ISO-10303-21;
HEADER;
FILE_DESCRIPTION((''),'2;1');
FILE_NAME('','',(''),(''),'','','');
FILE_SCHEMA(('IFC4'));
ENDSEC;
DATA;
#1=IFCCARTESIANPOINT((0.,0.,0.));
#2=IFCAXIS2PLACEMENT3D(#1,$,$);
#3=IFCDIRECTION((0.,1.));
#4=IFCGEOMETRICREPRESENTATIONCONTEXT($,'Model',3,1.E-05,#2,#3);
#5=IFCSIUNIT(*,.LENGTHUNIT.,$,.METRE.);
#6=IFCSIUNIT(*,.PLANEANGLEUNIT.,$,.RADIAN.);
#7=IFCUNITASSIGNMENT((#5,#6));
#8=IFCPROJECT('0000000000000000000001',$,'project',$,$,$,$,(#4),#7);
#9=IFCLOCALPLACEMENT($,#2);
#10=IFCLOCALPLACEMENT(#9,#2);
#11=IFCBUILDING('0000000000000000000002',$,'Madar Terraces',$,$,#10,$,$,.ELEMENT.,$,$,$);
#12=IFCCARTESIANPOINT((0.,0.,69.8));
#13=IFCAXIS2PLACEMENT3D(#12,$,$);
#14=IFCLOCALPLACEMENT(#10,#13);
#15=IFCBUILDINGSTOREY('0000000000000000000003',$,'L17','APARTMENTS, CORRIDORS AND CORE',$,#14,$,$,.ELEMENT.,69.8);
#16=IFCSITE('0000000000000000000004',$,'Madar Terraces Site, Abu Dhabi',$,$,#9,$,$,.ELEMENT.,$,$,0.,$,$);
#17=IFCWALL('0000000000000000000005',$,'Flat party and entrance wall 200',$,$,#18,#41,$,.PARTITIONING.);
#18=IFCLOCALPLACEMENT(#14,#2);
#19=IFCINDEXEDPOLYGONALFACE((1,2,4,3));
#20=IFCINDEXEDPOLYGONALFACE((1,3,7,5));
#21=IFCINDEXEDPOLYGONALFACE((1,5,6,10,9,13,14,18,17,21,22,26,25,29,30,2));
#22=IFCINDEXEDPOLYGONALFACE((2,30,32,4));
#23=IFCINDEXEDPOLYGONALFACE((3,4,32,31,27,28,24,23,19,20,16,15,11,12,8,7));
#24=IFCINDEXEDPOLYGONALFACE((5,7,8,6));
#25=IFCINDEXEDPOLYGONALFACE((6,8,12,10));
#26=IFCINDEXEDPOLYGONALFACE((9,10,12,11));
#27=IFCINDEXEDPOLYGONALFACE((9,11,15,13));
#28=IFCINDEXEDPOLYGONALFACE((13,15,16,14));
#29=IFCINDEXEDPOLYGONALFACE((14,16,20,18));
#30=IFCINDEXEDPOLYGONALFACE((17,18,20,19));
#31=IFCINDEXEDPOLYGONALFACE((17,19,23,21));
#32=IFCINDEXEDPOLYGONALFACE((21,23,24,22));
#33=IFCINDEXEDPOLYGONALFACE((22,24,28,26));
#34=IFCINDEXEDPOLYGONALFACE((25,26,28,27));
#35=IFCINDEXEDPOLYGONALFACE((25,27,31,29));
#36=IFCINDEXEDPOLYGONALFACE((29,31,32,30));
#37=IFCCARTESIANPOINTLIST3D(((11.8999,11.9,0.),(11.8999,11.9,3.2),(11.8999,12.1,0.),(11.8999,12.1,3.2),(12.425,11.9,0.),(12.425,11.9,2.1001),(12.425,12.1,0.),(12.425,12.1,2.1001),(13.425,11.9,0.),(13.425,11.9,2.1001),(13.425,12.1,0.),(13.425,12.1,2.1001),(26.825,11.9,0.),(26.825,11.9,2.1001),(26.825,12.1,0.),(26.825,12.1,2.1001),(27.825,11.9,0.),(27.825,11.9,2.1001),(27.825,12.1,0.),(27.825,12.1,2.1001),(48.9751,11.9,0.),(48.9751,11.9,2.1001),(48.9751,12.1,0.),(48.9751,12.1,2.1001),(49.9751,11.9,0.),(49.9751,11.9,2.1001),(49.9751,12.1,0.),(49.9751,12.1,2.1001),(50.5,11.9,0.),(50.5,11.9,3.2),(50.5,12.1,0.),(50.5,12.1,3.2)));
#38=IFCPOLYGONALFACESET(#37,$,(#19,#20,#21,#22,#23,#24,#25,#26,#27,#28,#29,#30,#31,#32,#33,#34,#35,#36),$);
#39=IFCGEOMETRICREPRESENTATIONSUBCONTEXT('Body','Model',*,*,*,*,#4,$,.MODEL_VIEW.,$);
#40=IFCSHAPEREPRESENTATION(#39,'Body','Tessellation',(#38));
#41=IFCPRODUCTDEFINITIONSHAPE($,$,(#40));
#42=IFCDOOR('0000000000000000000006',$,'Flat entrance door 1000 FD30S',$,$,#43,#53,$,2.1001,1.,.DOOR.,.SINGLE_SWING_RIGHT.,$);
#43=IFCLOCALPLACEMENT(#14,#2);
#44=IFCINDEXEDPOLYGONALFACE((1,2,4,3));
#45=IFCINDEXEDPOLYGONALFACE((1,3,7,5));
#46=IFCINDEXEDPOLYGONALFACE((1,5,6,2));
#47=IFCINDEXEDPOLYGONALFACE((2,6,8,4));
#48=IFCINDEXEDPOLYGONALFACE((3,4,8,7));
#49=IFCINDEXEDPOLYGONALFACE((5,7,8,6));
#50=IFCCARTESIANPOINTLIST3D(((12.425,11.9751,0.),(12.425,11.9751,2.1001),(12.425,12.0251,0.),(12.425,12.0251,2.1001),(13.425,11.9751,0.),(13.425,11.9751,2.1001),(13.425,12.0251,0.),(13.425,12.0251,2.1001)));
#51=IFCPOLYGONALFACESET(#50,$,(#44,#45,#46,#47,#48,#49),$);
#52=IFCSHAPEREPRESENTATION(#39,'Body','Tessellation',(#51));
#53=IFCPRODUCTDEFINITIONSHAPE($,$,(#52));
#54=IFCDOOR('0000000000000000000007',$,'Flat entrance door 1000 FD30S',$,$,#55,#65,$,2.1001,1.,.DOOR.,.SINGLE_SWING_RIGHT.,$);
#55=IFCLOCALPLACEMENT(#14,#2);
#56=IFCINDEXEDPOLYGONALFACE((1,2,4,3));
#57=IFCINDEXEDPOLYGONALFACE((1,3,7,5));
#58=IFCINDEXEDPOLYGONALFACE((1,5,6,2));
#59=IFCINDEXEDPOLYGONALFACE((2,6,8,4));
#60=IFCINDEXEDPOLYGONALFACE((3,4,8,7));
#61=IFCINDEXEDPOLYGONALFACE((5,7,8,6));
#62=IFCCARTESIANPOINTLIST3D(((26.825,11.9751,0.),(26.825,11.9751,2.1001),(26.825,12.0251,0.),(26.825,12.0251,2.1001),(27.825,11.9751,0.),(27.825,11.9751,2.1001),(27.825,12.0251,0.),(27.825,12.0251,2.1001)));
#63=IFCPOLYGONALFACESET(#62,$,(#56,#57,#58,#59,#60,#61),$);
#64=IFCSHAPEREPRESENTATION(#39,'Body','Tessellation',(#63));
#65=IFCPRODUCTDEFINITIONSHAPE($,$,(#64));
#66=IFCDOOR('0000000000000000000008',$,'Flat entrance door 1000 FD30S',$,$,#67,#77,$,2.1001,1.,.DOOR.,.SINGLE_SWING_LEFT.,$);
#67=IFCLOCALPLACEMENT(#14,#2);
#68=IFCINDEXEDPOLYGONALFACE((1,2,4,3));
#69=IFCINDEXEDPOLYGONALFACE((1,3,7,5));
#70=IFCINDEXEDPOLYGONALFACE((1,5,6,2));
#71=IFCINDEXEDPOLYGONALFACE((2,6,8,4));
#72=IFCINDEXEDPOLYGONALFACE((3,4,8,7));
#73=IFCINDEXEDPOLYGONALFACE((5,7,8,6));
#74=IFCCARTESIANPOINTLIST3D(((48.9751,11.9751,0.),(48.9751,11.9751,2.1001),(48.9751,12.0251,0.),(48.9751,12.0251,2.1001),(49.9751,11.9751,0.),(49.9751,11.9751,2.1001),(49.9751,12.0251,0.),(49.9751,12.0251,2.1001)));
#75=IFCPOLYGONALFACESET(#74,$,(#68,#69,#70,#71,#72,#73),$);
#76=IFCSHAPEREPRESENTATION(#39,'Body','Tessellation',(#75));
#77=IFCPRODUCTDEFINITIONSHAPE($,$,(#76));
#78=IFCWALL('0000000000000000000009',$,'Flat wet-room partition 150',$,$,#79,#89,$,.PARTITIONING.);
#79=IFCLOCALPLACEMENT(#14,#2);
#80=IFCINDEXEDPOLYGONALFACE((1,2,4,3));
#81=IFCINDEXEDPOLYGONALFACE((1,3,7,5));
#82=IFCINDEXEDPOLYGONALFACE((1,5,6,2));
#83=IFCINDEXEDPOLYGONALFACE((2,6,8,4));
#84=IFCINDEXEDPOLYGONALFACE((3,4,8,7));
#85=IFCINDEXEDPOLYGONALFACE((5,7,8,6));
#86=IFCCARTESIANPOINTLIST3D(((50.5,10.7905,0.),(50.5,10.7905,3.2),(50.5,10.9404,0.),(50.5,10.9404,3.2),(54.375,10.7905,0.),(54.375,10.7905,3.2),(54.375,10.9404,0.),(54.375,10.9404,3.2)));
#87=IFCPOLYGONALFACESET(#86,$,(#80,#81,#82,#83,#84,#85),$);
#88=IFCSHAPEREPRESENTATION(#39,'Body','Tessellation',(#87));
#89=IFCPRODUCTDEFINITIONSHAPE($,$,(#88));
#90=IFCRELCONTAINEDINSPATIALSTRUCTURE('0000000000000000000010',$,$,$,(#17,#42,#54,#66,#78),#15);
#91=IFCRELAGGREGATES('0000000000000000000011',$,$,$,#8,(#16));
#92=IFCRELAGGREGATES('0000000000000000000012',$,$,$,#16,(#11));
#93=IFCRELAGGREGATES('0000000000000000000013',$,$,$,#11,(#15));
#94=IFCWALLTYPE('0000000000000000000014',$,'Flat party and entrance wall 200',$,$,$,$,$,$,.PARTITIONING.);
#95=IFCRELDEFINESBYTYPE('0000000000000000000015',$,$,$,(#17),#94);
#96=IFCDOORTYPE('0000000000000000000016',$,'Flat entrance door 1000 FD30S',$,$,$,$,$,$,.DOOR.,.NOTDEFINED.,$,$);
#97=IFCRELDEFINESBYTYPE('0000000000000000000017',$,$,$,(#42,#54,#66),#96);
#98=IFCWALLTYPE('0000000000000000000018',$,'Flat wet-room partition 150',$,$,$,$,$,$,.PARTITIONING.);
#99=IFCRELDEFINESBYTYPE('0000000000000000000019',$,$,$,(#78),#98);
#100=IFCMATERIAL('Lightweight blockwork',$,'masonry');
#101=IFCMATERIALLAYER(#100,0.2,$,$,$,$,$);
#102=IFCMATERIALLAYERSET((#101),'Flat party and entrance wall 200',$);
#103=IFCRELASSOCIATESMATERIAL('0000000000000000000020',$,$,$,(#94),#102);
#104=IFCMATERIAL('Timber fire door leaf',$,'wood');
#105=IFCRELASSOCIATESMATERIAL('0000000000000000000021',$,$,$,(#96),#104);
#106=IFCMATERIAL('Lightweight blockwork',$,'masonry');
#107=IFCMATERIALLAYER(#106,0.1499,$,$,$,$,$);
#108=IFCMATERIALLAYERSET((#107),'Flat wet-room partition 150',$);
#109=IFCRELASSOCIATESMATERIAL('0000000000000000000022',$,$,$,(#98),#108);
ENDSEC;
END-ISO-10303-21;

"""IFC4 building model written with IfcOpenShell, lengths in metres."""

from ifc_helpers import new_model, si_unit, direction, frame, frame_2d, origin, place, context, subcontext, project, spatial, rectangle, extrude, material, layer, layer_set, type_object, element, fill, save


model = new_model("IFC4")

# Units and contexts
model_context = context("Model", 3, precision=1e-05, world=origin(), true_north=direction((0.0, 1.0)))
body_context = subcontext(model_context, "Body", "Model", "MODEL_VIEW")
ifc_project = project(units=[si_unit("LENGTHUNIT", "METRE"), si_unit("PLANEANGLEUNIT", "RADIAN")], contexts=[model_context])

# Site, building, storey
site_placement = place(None, origin())
site = spatial("IfcSite", under=ifc_project, at=site_placement, Name="Madar Terraces Site, Abu Dhabi", CompositionType="ELEMENT", RefElevation=0.0)
building_placement = place(site_placement, origin())
building = spatial("IfcBuilding", under=site, at=building_placement, Name="Madar Terraces", CompositionType="ELEMENT")
storey_placement = place(building_placement, frame((0.0, 0.0, 69.8)))
storey = spatial("IfcBuildingStorey", under=building, at=storey_placement, Name="L17", Description="APARTMENTS, CORRIDORS AND CORE", CompositionType="ELEMENT", Elevation=69.8)

# Wall, openings, doors
ifc_material_1 = material(Name="Lightweight blockwork", Category="masonry")
ifc_layer_1 = layer(ifc_material_1, 0.2)
ifc_layer_set_1 = layer_set([ifc_layer_1], Name="Flat party and entrance wall 200")
wall_type_1 = type_object("IfcWallType", Name="Flat party and entrance wall 200", PredefinedType="PARTITIONING", material=ifc_layer_set_1)
wall_1_placement = place(storey_placement, frame((50.5, 12.0, 0.0), z_axis=(0.0, 0.0, 1.0), x_axis=(-1.0, 0.0, 0.0)))
wall_1 = element("IfcWall", 1, at=wall_1_placement, inside=storey, type_object=wall_type_1, Name="Flat party and entrance wall 200", PredefinedType="PARTITIONING", context=body_context, shape_type="SweptSolid", body=[
    extrude(rectangle(XDim=38.6001, YDim=0.2, at=frame_2d((19.3, 0.0))), origin(), (0.0, 0.0, 1.0), 3.2),
])
opening_1_placement = place(wall_1_placement, frame((37.075, 0.0, 0.0)))
opening_1 = element("IfcOpeningElement", 2, at=opening_1_placement, cuts=wall_1, PredefinedType="OPENING", context=body_context, shape_type="SweptSolid", body=[
    extrude(rectangle(XDim=1.0, YDim=2.1001, at=frame_2d((0.5, 1.05))), frame((0.0, 0.1099, 0.0), z_axis=(0.0, -1.0, 0.0), x_axis=(1.0, 0.0, 0.0)), (0.0, 0.0, 1.0), 0.22),
])
opening_2_placement = place(wall_1_placement, frame((22.675, 0.0, 0.0)))
opening_2 = element("IfcOpeningElement", 3, at=opening_2_placement, cuts=wall_1, PredefinedType="OPENING", context=body_context, shape_type="SweptSolid", body=[
    extrude(rectangle(XDim=1.0, YDim=2.1001, at=frame_2d((0.5, 1.05))), frame((0.0, 0.1099, 0.0), z_axis=(0.0, -1.0, 0.0), x_axis=(1.0, 0.0, 0.0)), (0.0, 0.0, 1.0), 0.22),
])
opening_3_placement = place(wall_1_placement, frame((0.5249, 0.0, 0.0)))
opening_3 = element("IfcOpeningElement", 4, at=opening_3_placement, cuts=wall_1, PredefinedType="OPENING", context=body_context, shape_type="SweptSolid", body=[
    extrude(rectangle(XDim=1.0, YDim=2.1001, at=frame_2d((0.5, 1.05))), frame((0.0, 0.1099, 0.0), z_axis=(0.0, -1.0, 0.0), x_axis=(1.0, 0.0, 0.0)), (0.0, 0.0, 1.0), 0.22),
])
ifc_material_2 = material(Name="Timber fire door leaf", Category="wood")
door_type_1 = type_object("IfcDoorType", Name="Flat entrance door 1000 FD30S", OperationType="NOTDEFINED", PredefinedType="DOOR", material=ifc_material_2)
door_1_placement = place(opening_1_placement, origin())
door_1 = element("IfcDoor", 5, at=door_1_placement, inside=storey, type_object=door_type_1, Name="Flat entrance door 1000 FD30S", OperationType="SINGLE_SWING_RIGHT", OverallHeight=2.1001, OverallWidth=1.0, PredefinedType="DOOR", context=body_context, shape_type="SweptSolid", body=[
    extrude(rectangle(XDim=1.0, YDim=2.1001, at=frame_2d((0.5, 1.05))), frame((0.0, 0.0249, 0.0), z_axis=(0.0, -1.0, 0.0), x_axis=(1.0, 0.0, 0.0)), (0.0, 0.0, 1.0), 0.05),
])
fill(opening_1, door_1)
door_2_placement = place(opening_2_placement, origin())
door_2 = element("IfcDoor", 6, at=door_2_placement, inside=storey, type_object=door_type_1, Name="Flat entrance door 1000 FD30S", OperationType="SINGLE_SWING_RIGHT", OverallHeight=2.1001, OverallWidth=1.0, PredefinedType="DOOR", context=body_context, shape_type="SweptSolid", body=[
    extrude(rectangle(XDim=1.0, YDim=2.1001, at=frame_2d((0.5, 1.05))), frame((0.0, 0.0249, 0.0), z_axis=(0.0, -1.0, 0.0), x_axis=(1.0, 0.0, 0.0)), (0.0, 0.0, 1.0), 0.05),
])
fill(opening_2, door_2)
door_3_placement = place(opening_3_placement, origin())
door_3 = element("IfcDoor", 7, at=door_3_placement, inside=storey, type_object=door_type_1, Name="Flat entrance door 1000 FD30S", OperationType="SINGLE_SWING_LEFT", OverallHeight=2.1001, OverallWidth=1.0, PredefinedType="DOOR", context=body_context, shape_type="SweptSolid", body=[
    extrude(rectangle(XDim=1.0, YDim=2.1001, at=frame_2d((0.5, 1.05))), frame((0.0, 0.0249, 0.0), z_axis=(0.0, -1.0, 0.0), x_axis=(1.0, 0.0, 0.0)), (0.0, 0.0, 1.0), 0.05),
])
fill(opening_3, door_3)

# Wall
ifc_material_3 = material(Name="Lightweight blockwork", Category="masonry")
ifc_layer_2 = layer(ifc_material_3, 0.1499)
ifc_layer_set_2 = layer_set([ifc_layer_2], Name="Flat wet-room partition 150")
wall_type_2 = type_object("IfcWallType", Name="Flat wet-room partition 150", PredefinedType="PARTITIONING", material=ifc_layer_set_2)
wall_2_placement = place(storey_placement, frame((50.5, 10.8655, 0.0), z_axis=(0.0, 0.0, 1.0), x_axis=(1.0, 0.0, 0.0)))
element("IfcWall", 8, at=wall_2_placement, inside=storey, type_object=wall_type_2, Name="Flat wet-room partition 150", PredefinedType="PARTITIONING", context=body_context, shape_type="SweptSolid", body=[
    extrude(rectangle(XDim=3.875, YDim=0.1499, at=frame_2d((1.9375, 0.0))), origin(), (0.0, 0.0, 1.0), 3.2),
])

save(model, "model.ifc")
